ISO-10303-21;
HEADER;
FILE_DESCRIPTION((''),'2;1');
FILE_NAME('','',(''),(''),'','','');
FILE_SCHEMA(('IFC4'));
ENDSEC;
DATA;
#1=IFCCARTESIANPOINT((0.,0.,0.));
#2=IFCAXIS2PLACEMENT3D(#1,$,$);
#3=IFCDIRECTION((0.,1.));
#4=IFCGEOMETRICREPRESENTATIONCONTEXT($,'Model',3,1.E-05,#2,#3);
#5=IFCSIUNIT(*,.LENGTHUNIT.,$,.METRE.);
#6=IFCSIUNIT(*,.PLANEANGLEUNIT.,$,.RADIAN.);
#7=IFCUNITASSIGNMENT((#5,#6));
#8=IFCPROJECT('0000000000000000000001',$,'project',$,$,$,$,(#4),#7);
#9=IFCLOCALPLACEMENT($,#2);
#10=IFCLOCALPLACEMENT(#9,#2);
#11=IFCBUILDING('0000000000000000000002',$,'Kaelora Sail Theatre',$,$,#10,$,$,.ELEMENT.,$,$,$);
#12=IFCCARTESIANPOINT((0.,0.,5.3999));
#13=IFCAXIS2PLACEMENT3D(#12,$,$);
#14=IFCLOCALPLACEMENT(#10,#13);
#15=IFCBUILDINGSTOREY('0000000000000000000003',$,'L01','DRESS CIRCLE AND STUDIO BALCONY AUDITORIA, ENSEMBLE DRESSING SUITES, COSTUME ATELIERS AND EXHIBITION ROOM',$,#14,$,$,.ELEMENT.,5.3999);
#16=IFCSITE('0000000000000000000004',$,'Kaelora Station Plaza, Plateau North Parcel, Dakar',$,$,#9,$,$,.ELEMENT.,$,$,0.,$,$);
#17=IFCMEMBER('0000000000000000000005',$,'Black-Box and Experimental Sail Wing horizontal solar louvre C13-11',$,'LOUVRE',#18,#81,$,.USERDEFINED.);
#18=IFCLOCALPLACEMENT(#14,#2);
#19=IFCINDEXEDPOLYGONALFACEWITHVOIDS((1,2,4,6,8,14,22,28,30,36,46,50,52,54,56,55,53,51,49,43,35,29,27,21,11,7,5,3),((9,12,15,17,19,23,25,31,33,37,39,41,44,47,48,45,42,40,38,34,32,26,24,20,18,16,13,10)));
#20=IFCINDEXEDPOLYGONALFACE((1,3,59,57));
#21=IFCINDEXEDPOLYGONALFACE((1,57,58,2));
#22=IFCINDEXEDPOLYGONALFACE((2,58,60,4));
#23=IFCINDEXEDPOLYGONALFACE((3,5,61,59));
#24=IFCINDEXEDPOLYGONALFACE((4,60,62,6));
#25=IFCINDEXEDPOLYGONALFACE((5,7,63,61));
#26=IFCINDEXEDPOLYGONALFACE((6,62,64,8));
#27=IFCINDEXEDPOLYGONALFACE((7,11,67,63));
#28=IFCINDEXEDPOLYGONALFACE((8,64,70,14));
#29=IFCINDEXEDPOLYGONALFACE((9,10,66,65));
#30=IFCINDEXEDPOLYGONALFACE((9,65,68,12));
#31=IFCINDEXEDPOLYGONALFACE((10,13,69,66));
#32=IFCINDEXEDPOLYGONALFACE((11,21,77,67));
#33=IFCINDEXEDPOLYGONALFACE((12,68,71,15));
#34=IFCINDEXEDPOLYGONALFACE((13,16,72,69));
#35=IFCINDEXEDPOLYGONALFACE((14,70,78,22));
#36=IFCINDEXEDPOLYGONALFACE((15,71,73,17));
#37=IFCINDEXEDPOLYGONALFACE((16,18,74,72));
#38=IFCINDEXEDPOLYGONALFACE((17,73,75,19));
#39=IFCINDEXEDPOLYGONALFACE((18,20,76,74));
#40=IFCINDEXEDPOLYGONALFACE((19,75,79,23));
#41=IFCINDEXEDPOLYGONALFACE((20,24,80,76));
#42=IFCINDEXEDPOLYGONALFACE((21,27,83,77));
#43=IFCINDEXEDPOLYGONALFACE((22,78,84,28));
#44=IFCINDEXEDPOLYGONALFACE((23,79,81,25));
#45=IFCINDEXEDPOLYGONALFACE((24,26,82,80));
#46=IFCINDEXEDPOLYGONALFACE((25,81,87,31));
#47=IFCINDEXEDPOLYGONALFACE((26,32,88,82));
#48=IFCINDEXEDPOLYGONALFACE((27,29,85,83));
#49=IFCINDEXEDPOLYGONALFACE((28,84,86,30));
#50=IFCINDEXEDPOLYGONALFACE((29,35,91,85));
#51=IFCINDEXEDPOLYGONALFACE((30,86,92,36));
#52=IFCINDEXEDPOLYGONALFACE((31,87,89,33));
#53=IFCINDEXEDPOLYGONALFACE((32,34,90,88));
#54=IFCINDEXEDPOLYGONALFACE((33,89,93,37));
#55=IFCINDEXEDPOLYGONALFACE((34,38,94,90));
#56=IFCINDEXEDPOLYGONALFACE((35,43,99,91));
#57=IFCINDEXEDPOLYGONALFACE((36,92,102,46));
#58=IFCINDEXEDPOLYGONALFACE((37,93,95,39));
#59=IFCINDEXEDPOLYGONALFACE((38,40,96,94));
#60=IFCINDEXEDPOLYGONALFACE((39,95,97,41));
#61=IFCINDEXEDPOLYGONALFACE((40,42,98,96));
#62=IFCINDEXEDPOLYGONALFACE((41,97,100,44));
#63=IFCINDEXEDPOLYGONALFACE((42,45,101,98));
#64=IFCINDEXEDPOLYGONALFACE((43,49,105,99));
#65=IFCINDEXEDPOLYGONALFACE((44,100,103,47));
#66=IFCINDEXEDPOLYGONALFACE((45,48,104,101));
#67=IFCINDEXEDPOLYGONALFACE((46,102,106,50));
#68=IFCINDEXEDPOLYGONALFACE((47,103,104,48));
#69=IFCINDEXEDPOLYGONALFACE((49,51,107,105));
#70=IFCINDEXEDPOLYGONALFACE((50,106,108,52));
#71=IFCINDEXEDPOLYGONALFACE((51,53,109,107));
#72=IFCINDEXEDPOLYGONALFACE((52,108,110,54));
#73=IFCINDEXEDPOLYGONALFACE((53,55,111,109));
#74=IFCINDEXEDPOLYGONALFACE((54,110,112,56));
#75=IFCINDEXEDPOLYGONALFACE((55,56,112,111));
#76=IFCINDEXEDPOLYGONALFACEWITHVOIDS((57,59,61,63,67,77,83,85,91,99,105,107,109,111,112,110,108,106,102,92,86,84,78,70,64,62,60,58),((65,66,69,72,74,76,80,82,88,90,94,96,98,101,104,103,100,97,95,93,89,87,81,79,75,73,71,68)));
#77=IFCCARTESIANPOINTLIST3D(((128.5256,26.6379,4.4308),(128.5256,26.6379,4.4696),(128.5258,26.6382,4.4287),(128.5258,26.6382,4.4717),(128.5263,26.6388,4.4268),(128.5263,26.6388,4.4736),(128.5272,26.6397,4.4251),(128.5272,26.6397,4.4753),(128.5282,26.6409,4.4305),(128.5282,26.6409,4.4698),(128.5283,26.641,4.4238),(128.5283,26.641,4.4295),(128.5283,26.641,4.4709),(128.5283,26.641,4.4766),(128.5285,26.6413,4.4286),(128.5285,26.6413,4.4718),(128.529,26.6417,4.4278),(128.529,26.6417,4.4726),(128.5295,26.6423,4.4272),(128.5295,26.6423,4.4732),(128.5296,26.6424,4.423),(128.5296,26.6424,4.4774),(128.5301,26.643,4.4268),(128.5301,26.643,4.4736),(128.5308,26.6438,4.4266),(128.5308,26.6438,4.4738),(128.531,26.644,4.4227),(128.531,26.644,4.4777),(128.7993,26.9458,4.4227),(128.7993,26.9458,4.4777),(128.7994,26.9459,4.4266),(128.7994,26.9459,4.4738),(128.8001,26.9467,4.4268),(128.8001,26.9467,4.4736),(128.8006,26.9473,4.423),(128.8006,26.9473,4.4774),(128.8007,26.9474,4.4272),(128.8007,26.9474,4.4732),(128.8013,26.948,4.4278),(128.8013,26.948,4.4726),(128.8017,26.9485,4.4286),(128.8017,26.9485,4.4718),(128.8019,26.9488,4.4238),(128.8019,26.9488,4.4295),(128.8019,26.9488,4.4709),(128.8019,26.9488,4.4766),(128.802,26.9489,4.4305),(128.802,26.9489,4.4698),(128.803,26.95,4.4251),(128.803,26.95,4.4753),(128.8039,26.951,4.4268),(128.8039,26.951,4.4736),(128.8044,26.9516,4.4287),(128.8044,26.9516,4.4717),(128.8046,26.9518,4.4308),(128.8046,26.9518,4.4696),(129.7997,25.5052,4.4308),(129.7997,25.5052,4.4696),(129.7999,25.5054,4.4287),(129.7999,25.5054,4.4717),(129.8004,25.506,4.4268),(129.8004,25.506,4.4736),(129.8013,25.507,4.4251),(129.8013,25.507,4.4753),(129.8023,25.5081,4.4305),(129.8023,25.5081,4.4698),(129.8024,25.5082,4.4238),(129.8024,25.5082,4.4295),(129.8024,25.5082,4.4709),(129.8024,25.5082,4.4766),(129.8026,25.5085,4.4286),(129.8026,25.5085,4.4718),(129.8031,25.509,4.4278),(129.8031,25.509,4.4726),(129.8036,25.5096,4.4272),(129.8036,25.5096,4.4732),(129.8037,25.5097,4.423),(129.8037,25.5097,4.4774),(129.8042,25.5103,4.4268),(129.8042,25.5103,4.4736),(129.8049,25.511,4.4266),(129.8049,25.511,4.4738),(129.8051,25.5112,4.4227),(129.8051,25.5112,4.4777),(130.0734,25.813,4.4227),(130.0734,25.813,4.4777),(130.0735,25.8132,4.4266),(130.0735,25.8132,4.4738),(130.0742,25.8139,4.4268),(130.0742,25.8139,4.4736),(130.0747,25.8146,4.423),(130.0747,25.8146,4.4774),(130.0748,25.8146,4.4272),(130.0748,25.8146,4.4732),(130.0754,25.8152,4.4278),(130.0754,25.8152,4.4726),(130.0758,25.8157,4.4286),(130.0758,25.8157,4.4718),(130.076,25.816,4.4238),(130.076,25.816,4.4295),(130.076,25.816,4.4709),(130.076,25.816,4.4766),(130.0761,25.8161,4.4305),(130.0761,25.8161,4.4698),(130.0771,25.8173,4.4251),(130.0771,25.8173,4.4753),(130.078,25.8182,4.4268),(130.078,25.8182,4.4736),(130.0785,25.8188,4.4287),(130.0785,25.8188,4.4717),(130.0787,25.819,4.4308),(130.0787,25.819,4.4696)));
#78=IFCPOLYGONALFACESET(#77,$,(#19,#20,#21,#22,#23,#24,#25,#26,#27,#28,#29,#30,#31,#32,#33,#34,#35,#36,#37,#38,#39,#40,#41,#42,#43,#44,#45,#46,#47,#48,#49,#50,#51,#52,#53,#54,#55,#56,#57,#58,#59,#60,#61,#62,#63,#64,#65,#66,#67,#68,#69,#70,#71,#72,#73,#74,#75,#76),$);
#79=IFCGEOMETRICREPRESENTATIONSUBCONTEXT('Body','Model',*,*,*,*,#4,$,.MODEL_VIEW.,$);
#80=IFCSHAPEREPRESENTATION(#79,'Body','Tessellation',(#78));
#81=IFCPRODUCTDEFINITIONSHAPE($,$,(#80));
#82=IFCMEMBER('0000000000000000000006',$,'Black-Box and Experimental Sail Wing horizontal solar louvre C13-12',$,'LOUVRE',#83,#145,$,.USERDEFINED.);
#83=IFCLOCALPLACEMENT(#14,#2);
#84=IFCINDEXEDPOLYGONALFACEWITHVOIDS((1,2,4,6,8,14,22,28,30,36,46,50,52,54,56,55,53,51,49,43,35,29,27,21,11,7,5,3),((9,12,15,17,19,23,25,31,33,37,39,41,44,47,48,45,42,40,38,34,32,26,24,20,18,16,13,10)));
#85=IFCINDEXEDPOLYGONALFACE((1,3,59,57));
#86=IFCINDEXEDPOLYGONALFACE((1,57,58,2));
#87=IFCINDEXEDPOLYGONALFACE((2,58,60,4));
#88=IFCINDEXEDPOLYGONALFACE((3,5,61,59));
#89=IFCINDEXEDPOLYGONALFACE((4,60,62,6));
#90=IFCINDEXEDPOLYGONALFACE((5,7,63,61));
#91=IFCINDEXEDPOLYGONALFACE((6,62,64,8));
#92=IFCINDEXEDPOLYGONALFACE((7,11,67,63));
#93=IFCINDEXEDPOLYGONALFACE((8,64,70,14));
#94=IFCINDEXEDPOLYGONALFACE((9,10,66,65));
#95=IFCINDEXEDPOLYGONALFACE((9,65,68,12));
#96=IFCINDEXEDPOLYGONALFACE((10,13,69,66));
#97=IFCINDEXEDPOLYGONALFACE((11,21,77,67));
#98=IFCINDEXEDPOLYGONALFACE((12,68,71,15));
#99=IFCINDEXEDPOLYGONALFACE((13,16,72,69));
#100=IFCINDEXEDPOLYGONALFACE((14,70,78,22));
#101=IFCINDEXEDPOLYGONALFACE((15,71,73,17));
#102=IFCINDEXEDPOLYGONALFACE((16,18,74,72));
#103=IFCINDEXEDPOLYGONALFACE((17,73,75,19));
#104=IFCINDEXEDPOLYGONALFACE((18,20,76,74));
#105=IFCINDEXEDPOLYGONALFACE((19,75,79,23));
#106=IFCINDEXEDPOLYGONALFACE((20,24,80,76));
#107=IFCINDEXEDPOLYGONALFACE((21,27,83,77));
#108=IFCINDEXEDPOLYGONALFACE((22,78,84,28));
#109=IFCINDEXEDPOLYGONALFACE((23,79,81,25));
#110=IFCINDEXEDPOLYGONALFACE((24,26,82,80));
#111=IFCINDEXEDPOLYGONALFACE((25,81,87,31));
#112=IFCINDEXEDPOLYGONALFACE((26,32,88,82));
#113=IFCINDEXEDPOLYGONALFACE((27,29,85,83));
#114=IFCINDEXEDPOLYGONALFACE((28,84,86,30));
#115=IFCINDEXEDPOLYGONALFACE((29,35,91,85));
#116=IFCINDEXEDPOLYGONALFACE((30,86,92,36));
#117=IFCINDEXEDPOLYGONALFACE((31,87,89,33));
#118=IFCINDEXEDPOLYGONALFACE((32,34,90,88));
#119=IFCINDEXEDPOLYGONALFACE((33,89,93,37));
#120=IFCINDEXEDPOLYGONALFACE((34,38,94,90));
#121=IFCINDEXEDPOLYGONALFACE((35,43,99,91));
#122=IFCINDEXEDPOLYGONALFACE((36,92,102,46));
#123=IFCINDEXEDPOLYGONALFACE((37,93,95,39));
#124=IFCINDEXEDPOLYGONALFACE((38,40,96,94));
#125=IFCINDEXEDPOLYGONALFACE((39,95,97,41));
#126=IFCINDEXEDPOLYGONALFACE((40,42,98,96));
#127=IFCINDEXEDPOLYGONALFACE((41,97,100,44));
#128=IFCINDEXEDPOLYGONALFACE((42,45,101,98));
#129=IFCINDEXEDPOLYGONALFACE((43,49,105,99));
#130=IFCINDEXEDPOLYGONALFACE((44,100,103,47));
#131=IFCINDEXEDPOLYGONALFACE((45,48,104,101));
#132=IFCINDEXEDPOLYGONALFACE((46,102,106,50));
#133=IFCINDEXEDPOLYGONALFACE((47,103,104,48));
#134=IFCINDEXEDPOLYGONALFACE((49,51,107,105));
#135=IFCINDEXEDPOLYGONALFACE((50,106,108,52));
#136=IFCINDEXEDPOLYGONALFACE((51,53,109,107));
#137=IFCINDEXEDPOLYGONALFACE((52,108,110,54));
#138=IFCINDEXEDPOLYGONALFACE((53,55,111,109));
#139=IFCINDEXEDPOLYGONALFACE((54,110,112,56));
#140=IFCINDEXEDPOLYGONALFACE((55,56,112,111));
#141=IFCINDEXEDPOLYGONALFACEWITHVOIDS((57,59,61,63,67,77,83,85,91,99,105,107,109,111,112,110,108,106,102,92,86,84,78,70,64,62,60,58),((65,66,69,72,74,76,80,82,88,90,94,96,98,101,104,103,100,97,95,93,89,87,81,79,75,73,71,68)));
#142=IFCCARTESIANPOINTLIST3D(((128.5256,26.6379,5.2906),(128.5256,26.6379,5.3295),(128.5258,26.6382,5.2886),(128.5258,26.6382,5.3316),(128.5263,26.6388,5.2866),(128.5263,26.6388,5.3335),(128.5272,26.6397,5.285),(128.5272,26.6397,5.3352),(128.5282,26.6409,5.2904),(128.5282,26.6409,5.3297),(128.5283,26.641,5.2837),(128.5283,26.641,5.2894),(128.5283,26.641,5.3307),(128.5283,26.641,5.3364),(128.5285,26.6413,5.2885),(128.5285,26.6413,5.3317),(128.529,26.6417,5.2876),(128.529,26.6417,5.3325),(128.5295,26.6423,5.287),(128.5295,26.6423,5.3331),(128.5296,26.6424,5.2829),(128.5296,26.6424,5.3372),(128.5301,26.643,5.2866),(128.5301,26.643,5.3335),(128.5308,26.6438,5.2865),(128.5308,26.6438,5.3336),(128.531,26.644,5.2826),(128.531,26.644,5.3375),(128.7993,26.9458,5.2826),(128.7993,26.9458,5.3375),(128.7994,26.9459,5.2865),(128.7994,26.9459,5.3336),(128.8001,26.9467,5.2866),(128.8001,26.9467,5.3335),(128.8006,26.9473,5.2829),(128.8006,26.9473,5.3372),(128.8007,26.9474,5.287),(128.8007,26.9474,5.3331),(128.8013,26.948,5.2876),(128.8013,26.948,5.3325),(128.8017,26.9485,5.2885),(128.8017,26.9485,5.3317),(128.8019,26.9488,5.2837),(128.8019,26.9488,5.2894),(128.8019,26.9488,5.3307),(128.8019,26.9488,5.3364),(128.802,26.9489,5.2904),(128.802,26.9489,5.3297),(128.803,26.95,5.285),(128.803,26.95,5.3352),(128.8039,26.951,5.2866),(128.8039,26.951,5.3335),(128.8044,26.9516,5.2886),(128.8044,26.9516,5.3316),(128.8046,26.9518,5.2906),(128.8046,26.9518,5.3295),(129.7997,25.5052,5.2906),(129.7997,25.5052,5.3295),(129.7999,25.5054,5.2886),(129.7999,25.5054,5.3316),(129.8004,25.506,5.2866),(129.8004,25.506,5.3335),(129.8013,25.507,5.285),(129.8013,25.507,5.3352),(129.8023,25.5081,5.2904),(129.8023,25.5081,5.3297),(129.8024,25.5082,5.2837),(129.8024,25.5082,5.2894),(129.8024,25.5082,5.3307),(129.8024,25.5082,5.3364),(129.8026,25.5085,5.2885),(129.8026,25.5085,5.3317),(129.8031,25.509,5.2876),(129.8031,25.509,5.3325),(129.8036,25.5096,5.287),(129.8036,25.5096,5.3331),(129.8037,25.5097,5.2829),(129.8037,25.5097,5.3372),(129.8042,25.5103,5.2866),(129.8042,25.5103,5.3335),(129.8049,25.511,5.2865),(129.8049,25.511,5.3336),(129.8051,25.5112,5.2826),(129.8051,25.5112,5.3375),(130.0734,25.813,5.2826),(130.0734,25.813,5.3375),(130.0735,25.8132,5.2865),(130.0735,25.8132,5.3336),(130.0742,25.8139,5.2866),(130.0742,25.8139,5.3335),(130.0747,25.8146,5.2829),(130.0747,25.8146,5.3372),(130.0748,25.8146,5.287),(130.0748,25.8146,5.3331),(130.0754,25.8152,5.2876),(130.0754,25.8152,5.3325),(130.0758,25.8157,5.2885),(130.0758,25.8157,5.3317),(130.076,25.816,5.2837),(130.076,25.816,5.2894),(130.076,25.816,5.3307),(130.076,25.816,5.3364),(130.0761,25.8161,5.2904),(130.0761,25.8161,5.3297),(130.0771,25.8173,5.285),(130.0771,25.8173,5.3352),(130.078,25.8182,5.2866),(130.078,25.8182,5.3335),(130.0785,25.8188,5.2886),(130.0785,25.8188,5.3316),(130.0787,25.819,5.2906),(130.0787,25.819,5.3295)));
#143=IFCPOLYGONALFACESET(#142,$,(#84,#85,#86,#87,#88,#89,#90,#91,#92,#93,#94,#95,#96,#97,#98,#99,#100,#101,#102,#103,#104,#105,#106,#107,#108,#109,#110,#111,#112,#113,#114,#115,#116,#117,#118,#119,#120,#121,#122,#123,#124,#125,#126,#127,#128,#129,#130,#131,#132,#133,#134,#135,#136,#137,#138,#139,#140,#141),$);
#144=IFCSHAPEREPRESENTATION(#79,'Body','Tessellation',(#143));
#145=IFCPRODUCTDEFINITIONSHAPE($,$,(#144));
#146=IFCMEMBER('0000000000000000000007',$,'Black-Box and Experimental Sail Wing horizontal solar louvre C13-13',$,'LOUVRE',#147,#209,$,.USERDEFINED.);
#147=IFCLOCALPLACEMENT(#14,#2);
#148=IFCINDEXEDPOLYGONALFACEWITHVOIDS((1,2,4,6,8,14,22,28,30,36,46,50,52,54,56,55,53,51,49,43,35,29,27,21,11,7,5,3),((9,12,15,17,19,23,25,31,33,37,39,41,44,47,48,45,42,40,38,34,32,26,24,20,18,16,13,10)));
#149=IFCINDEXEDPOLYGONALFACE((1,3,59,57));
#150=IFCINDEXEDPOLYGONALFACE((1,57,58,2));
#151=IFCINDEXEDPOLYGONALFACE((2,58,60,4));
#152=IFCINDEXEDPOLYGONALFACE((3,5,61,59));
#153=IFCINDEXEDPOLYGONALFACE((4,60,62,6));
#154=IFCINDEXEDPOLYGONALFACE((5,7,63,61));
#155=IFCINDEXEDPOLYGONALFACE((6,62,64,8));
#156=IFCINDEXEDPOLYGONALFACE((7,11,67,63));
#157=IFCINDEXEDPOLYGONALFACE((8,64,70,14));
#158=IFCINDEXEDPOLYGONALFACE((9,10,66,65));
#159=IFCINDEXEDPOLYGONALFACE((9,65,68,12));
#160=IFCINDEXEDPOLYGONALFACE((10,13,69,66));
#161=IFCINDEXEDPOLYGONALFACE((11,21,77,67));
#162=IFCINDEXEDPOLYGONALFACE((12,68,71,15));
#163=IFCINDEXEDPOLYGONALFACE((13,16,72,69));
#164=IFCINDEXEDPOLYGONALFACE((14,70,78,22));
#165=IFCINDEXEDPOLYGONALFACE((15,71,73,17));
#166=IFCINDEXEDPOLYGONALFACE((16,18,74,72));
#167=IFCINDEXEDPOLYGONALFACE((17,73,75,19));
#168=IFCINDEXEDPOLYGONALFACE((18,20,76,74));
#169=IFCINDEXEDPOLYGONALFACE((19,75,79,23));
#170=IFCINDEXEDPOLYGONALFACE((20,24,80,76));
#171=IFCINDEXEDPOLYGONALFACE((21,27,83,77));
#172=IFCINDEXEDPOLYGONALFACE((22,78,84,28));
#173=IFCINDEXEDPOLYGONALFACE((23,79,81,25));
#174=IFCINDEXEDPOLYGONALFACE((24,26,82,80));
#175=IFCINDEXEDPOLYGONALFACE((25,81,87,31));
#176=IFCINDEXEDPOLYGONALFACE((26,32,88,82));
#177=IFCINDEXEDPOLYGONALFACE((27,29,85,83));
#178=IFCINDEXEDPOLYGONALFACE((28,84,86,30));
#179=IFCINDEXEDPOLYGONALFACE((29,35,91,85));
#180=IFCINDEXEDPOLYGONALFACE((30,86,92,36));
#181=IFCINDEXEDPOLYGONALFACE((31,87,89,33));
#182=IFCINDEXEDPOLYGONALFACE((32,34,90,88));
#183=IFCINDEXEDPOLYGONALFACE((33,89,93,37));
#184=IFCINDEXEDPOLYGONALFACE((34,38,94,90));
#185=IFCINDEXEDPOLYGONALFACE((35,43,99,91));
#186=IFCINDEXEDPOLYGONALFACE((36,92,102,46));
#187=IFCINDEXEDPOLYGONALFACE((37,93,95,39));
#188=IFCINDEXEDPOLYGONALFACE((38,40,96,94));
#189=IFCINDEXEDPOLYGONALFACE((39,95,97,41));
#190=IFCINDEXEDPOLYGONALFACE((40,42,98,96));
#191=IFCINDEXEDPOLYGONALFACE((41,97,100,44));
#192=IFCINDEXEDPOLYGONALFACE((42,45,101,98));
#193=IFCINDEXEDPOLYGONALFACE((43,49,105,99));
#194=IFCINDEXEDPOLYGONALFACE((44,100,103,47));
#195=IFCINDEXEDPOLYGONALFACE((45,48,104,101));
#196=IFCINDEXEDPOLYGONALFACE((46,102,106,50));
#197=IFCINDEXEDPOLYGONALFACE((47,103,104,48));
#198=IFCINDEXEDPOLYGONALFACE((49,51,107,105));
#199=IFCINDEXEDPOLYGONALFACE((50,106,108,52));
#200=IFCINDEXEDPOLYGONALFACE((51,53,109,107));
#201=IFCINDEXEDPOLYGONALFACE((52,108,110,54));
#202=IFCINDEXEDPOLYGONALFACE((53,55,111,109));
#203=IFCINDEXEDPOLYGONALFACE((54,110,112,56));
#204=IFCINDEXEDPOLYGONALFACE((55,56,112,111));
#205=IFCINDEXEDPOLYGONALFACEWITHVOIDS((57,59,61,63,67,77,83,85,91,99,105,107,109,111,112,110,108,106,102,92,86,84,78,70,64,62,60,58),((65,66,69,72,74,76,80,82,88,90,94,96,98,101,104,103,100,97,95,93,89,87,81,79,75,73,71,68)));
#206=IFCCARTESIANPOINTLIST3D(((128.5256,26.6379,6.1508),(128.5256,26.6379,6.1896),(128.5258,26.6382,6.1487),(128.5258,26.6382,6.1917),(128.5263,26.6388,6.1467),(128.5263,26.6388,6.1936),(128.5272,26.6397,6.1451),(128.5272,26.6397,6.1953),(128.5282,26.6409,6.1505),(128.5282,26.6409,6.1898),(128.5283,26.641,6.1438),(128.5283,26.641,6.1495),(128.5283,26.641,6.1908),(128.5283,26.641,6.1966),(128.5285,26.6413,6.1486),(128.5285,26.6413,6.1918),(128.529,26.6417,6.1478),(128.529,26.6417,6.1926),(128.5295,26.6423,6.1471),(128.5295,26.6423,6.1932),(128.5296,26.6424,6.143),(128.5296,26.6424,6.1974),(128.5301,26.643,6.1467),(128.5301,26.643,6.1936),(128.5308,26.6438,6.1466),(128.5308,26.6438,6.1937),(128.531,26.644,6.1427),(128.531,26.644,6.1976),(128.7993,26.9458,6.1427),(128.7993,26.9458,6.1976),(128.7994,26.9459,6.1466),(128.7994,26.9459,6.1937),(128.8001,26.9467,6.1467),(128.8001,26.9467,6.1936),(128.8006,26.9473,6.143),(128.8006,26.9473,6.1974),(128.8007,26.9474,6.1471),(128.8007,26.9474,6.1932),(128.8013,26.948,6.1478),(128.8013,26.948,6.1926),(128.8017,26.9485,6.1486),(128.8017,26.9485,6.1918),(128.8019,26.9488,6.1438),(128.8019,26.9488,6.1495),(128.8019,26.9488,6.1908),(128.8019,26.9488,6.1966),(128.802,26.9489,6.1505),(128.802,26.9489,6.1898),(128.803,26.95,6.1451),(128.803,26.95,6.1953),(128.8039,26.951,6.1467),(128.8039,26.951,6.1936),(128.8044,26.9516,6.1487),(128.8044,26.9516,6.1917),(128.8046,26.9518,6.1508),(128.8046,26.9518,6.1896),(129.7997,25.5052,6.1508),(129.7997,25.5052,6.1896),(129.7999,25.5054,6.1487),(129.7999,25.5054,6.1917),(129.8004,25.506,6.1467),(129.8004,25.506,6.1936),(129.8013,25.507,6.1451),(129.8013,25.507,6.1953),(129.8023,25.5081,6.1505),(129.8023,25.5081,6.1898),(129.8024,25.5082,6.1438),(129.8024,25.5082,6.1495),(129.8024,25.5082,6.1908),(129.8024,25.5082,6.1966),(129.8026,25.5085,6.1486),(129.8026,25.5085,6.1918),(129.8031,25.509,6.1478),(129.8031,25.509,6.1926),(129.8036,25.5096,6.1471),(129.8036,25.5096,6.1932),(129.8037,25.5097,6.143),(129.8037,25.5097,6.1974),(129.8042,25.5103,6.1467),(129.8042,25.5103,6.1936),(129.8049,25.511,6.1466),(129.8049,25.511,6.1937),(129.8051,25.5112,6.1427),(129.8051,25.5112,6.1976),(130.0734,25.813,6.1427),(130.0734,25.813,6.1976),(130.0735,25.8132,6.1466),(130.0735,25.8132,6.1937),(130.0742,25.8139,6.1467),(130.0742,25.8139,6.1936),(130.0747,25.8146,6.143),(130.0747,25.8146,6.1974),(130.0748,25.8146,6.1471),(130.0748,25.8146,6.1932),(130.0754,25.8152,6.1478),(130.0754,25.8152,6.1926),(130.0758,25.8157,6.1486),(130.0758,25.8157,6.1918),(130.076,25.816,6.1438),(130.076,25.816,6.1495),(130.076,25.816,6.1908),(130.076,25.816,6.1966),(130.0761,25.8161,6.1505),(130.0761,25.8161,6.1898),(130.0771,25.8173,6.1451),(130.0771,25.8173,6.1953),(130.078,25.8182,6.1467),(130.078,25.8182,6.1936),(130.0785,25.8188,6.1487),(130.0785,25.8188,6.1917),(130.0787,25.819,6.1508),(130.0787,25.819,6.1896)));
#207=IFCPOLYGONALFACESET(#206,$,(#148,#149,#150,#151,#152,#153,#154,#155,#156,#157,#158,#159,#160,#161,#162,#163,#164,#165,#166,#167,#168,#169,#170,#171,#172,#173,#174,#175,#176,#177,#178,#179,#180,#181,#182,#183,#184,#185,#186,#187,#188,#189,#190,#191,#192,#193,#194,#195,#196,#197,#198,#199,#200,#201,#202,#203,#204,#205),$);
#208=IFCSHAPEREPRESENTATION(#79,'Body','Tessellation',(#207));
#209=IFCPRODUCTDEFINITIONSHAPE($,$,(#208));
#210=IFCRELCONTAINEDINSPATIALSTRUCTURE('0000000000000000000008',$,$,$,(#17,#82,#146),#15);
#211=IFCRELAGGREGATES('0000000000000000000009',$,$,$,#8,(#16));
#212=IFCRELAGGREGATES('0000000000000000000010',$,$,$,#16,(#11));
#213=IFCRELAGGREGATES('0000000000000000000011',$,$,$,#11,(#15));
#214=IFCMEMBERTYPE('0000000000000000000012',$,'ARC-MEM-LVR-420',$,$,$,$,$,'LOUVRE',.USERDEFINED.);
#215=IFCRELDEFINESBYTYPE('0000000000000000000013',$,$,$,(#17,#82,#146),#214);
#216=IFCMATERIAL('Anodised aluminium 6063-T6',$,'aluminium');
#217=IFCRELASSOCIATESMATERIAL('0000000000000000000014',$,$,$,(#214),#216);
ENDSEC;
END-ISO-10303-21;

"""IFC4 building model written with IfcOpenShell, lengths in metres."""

from ifc_helpers import new_model, si_unit, direction, frame, origin, origin_2d, place, context, subcontext, project, spatial, hollow_rectangle, extrude, material, material_profile, profile_set, type_object, element, save


model = new_model("IFC4")

# Units and contexts
model_context = context("Model", 3, precision=1e-05, world=origin(), true_north=direction((0.0, 1.0)))
body_context = subcontext(model_context, "Body", "Model", "MODEL_VIEW")
ifc_project = project(units=[si_unit("LENGTHUNIT", "METRE"), si_unit("PLANEANGLEUNIT", "RADIAN")], contexts=[model_context])

# Site, building, storey
site_placement = place(None, origin())
site = spatial("IfcSite", under=ifc_project, at=site_placement, Name="Kaelora Station Plaza, Plateau North Parcel, Dakar", CompositionType="ELEMENT", RefElevation=0.0)
building_placement = place(site_placement, origin())
building = spatial("IfcBuilding", under=site, at=building_placement, Name="Kaelora Sail Theatre", CompositionType="ELEMENT")
storey_placement = place(building_placement, frame((0.0, 0.0, 5.3999)))
storey = spatial("IfcBuildingStorey", under=building, at=storey_placement, Name="L01", Description="DRESS CIRCLE AND STUDIO BALCONY AUDITORIA, ENSEMBLE DRESSING SUITES, COSTUME ATELIERS AND EXHIBITION ROOM", CompositionType="ELEMENT", Elevation=5.3999)

# Members
ifc_material = material(Name="Anodised aluminium 6063-T6", Category="aluminium")
ifc_material_profile = material_profile(ifc_material, hollow_rectangle(XDim=0.4199, YDim=0.0549, WallThickness=0.0039, InnerFilletRadius=0.0039, OuterFilletRadius=0.0081, at=origin_2d()), Name="LOUVRE 420x55x4")
ifc_profile_set = profile_set([ifc_material_profile], Name="Anodised aluminium 6063-T6")
member_type = type_object("IfcMemberType", Name="ARC-MEM-LVR-420", ElementType="LOUVRE", PredefinedType="USERDEFINED", material=ifc_profile_set)
for number, where, z_axis, x_axis, name in (
    (1, (129.9392, 25.6621, 4.4502), (-0.747346, 0.664435, 0.0), (-0.664435, -0.747346, 0.0), "Black-Box and Experimental Sail Wing horizontal solar louvre C13-11"),
    (2, (129.9392, 25.6621, 5.3101), (-0.747346, 0.664435, 0.0), (-0.664435, -0.747346, 0.0), "Black-Box and Experimental Sail Wing horizontal solar louvre C13-12"),
    (3, (129.9392, 25.6621, 6.1702), (-0.747346, 0.664435, 0.0), (-0.664435, -0.747346, 0.0), "Black-Box and Experimental Sail Wing horizontal solar louvre C13-13"),
):
    element("IfcMember", number, at=place(storey_placement, frame(where, z_axis=z_axis, x_axis=x_axis)), inside=storey, type_object=member_type, Name=name, ObjectType="LOUVRE", PredefinedType="USERDEFINED", context=body_context, shape_type="SweptSolid", body=[
        extrude(hollow_rectangle(XDim=0.4199, YDim=0.0549, WallThickness=0.0039, InnerFilletRadius=0.0039, OuterFilletRadius=0.0081, at=origin_2d()), origin(), (0.0, 0.0, 1.0), 1.7048),
    ])

save(model, "model.ifc")
